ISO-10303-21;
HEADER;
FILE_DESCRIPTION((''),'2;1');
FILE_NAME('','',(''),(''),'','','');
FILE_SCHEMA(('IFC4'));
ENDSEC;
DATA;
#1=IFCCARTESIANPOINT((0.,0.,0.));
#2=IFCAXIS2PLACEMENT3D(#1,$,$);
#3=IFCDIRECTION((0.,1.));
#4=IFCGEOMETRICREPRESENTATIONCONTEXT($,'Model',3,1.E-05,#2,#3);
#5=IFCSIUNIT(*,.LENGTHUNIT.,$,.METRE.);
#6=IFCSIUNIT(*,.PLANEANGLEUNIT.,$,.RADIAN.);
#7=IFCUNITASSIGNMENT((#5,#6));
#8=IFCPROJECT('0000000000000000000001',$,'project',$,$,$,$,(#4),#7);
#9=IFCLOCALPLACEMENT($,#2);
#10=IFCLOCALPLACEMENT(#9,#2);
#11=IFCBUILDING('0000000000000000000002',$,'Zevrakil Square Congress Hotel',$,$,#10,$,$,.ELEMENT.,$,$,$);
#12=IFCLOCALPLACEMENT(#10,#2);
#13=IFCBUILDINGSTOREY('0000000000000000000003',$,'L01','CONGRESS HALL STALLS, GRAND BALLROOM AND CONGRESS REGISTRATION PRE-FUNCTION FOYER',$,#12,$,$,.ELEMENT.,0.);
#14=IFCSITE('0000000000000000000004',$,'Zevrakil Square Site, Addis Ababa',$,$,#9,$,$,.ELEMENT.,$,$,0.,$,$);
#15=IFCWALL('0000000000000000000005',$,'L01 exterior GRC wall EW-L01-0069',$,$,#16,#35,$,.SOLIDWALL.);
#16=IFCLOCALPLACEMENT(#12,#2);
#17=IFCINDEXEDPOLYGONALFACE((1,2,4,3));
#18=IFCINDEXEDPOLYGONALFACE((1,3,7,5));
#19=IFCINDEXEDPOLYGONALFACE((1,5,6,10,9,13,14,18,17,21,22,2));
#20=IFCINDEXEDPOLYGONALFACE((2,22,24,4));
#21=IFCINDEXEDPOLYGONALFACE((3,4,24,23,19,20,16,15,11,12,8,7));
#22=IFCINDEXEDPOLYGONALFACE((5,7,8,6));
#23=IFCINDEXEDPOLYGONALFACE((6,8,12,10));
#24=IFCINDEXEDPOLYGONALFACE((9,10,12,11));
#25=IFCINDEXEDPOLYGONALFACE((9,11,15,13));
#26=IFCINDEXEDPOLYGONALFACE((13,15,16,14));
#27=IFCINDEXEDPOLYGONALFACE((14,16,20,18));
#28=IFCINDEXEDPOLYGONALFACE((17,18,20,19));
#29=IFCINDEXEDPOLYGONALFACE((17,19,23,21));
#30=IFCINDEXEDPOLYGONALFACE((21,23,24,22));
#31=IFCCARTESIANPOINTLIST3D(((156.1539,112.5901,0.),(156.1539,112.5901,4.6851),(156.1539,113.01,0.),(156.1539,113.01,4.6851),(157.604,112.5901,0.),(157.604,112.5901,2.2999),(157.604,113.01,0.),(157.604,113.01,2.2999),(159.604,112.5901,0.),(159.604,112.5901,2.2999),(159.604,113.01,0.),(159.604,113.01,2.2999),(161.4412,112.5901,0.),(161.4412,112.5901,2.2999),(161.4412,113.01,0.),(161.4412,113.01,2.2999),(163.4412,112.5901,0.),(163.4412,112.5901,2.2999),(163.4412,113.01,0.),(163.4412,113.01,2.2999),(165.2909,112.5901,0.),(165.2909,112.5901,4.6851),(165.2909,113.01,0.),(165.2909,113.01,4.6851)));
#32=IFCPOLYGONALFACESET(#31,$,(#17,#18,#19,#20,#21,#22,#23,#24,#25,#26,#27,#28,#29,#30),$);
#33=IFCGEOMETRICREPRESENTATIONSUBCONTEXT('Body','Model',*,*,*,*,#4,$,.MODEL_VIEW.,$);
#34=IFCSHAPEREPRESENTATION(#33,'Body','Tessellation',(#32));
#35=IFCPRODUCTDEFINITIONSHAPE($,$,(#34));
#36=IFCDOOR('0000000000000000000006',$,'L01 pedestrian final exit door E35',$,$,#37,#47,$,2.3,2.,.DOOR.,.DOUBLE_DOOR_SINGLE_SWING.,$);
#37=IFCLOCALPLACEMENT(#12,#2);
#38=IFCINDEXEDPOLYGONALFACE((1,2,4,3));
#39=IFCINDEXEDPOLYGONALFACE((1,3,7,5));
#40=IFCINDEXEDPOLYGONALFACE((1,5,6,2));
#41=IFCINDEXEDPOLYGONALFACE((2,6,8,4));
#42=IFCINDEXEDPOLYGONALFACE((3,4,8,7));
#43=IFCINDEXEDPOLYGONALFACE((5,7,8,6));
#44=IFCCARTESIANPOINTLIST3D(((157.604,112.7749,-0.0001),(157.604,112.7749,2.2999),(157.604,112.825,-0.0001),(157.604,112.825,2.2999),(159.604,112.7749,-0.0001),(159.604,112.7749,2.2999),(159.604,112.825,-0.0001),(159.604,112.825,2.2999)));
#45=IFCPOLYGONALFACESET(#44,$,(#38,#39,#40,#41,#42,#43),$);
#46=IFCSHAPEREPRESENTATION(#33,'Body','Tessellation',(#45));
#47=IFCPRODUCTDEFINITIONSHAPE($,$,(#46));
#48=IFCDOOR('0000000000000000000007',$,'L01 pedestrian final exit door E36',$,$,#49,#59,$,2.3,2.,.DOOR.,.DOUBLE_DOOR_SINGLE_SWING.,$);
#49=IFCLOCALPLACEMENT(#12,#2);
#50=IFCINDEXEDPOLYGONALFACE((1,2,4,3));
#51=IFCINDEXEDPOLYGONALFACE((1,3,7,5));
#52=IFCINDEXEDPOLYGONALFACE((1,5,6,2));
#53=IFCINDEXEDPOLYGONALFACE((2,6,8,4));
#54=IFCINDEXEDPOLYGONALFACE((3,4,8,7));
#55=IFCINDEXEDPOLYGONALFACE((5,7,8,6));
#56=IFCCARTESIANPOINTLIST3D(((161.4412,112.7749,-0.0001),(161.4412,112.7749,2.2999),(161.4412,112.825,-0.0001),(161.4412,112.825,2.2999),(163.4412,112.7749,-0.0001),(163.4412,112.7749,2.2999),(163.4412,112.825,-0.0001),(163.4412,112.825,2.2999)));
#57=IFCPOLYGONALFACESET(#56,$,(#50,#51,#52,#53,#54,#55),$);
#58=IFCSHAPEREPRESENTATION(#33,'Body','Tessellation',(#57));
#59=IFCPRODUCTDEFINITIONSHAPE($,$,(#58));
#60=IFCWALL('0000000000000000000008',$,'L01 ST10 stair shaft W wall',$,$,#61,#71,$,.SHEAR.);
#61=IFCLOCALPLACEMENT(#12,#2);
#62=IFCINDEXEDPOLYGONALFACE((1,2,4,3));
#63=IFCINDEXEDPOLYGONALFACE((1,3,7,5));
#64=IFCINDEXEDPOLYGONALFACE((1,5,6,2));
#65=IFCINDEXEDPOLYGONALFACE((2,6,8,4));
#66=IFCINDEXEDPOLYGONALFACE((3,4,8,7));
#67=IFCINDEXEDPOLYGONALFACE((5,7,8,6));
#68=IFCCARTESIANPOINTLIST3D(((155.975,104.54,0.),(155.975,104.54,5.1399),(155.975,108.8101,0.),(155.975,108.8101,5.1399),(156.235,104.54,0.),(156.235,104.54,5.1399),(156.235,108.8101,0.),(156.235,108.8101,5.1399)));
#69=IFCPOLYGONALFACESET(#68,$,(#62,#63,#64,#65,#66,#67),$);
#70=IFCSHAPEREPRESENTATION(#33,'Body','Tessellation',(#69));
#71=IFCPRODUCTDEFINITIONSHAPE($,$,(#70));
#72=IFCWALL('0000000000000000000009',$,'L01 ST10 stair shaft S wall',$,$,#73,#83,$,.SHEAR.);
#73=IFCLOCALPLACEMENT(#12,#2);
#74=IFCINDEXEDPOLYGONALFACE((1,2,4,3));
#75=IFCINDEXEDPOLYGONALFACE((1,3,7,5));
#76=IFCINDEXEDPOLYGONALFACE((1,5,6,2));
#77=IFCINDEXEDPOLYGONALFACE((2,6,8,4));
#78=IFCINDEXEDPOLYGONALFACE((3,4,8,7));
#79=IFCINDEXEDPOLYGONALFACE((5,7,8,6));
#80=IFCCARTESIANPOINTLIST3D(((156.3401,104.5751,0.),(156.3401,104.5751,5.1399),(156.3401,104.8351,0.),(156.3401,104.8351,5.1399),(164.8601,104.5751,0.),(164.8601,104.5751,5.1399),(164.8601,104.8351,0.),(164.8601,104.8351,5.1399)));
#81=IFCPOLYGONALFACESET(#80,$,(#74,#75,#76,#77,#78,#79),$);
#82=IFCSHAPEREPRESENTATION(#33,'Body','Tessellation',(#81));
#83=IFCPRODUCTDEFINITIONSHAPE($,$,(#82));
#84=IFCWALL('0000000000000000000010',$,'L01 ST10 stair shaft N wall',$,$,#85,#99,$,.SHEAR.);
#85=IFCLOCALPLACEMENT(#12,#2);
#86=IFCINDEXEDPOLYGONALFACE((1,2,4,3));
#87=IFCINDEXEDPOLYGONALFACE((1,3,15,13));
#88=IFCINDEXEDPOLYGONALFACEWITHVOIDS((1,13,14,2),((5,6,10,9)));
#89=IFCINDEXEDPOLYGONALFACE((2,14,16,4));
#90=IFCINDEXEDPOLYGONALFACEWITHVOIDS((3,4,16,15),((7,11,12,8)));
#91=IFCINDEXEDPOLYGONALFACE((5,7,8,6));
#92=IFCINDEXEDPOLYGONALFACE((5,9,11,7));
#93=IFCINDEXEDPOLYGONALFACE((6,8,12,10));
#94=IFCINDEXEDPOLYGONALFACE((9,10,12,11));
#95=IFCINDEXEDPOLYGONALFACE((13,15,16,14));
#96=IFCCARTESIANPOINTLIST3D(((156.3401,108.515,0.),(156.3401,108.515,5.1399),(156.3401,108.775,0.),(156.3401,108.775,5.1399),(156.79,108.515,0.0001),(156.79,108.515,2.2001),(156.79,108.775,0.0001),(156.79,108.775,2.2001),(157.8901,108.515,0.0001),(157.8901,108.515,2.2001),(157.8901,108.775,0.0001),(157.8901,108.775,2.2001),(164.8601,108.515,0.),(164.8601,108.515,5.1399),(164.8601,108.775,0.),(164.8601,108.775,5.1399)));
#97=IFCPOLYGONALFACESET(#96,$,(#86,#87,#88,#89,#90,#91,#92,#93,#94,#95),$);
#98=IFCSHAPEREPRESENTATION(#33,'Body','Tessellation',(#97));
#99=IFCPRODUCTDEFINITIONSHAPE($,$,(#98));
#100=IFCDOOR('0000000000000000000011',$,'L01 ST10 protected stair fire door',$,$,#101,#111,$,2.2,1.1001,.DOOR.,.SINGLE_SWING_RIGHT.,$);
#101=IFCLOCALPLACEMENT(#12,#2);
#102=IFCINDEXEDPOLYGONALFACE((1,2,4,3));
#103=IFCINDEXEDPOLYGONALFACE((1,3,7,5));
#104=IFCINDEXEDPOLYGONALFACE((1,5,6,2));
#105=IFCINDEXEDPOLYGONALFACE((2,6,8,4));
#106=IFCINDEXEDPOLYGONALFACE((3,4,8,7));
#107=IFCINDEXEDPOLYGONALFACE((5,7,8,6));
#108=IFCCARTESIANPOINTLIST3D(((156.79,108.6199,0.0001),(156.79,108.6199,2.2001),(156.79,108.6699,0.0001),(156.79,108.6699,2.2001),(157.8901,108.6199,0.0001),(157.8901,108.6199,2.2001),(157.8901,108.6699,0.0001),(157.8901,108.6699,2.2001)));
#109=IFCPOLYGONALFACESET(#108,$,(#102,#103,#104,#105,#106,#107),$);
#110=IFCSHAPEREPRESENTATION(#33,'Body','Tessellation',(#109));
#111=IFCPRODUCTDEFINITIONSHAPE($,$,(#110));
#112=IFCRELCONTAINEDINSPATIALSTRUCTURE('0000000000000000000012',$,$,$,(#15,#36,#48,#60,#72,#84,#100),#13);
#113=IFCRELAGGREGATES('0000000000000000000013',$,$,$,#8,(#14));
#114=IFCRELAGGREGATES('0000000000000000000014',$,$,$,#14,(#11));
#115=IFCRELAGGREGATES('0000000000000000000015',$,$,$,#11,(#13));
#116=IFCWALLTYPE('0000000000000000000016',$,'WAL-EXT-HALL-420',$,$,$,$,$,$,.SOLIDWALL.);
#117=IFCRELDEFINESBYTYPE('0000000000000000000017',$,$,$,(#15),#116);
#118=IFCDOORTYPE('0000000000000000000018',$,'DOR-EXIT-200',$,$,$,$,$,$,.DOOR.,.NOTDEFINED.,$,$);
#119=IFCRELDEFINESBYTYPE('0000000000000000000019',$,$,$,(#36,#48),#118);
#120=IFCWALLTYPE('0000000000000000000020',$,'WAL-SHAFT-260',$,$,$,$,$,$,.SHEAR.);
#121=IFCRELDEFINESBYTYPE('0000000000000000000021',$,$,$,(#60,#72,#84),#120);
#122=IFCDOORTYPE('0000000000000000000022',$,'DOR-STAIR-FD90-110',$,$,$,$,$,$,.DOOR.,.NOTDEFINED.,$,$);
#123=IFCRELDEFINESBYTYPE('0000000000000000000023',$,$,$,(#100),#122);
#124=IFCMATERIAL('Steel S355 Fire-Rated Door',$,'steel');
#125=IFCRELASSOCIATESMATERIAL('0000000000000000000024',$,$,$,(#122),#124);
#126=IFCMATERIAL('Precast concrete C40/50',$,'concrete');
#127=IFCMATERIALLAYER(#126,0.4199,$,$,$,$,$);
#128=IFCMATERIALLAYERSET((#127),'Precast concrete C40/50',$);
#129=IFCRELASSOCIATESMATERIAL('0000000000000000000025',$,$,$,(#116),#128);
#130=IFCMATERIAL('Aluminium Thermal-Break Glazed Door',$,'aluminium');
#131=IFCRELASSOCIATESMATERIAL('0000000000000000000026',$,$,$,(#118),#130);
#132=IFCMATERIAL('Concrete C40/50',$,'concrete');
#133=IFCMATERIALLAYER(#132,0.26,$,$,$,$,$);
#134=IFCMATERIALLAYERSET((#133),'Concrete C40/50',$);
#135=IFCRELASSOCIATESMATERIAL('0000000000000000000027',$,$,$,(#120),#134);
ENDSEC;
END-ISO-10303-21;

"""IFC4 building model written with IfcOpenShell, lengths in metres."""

from ifc_helpers import new_model, si_unit, direction, frame, frame_2d, origin, place, context, subcontext, project, spatial, rectangle, extrude, material, layer, layer_set, type_object, element, fill, save


model = new_model("IFC4")

# Units and contexts
model_context = context("Model", 3, precision=1e-05, world=origin(), true_north=direction((0.0, 1.0)))
body_context = subcontext(model_context, "Body", "Model", "MODEL_VIEW")
ifc_project = project(units=[si_unit("LENGTHUNIT", "METRE"), si_unit("PLANEANGLEUNIT", "RADIAN")], contexts=[model_context])

# Site, building, storey
site_placement = place(None, origin())
site = spatial("IfcSite", under=ifc_project, at=site_placement, Name="Zevrakil Square Site, Addis Ababa", CompositionType="ELEMENT", RefElevation=0.0)
building_placement = place(site_placement, origin())
building = spatial("IfcBuilding", under=site, at=building_placement, Name="Zevrakil Square Congress Hotel", CompositionType="ELEMENT")
storey_placement = place(building_placement, origin())
storey = spatial("IfcBuildingStorey", under=building, at=storey_placement, Name="L01", Description="CONGRESS HALL STALLS, GRAND BALLROOM AND CONGRESS REGISTRATION PRE-FUNCTION FOYER", CompositionType="ELEMENT", Elevation=0.0)

# Shared definitions
ifc_material_1 = material(Name="Steel S355 Fire-Rated Door", Category="steel")
door_type_1 = type_object("IfcDoorType", Name="DOR-STAIR-FD90-110", OperationType="NOTDEFINED", PredefinedType="DOOR", material=ifc_material_1)

# Shared definitions
ifc_material_2 = material(Name="Precast concrete C40/50", Category="concrete")
ifc_layer_1 = layer(ifc_material_2, 0.4199)
ifc_layer_set_1 = layer_set([ifc_layer_1], Name="Precast concrete C40/50")
wall_type_1 = type_object("IfcWallType", Name="WAL-EXT-HALL-420", PredefinedType="SOLIDWALL", material=ifc_layer_set_1)

# Wall, openings, doors
wall_1_placement = place(storey_placement, frame((156.1541, 112.8, 0.0), z_axis=(0.0, 0.0, 1.0), x_axis=(1.0, 0.0, 0.0)))
wall_1 = element("IfcWall", 1, at=wall_1_placement, inside=storey, type_object=wall_type_1, Name="L01 exterior GRC wall EW-L01-0069", PredefinedType="SOLIDWALL", context=body_context, shape_type="SweptSolid", body=[
    extrude(rectangle(XDim=9.137, YDim=0.4199, at=frame_2d((4.5684, 0.0))), origin(), (0.0, 0.0, 1.0), 4.6851),
])
opening_1_placement = place(wall_1_placement, frame((1.45, 0.0, 0.0)))
opening_1 = element("IfcOpeningElement", 2, at=opening_1_placement, cuts=wall_1, PredefinedType="OPENING", context=body_context, shape_type="SweptSolid", body=[
    extrude(rectangle(XDim=2.0, YDim=2.3, at=frame_2d((1.0, 1.1499))), frame((0.0, 0.22, 0.0), z_axis=(0.0, -1.0, 0.0), x_axis=(1.0, 0.0, 0.0)), (0.0, 0.0, 1.0), 0.4399),
])
opening_2_placement = place(wall_1_placement, frame((5.2871, 0.0, 0.0)))
opening_2 = element("IfcOpeningElement", 3, at=opening_2_placement, cuts=wall_1, PredefinedType="OPENING", context=body_context, shape_type="SweptSolid", body=[
    extrude(rectangle(XDim=2.0, YDim=2.3, at=frame_2d((1.0, 1.1499))), frame((0.0, 0.22, 0.0), z_axis=(0.0, -1.0, 0.0), x_axis=(1.0, 0.0, 0.0)), (0.0, 0.0, 1.0), 0.4399),
])
ifc_material_3 = material(Name="Aluminium Thermal-Break Glazed Door", Category="aluminium")
door_type_2 = type_object("IfcDoorType", Name="DOR-EXIT-200", OperationType="NOTDEFINED", PredefinedType="DOOR", material=ifc_material_3)
door_1_placement = place(opening_1_placement, origin())
door_1 = element("IfcDoor", 4, at=door_1_placement, inside=storey, type_object=door_type_2, Name="L01 pedestrian final exit door E35", OperationType="DOUBLE_DOOR_SINGLE_SWING", OverallHeight=2.3, OverallWidth=2.0, PredefinedType="DOOR", context=body_context, shape_type="SweptSolid", body=[
    extrude(rectangle(XDim=2.0, YDim=2.3, at=frame_2d((1.0, 1.1499))), frame((0.0, 0.0249, 0.0), z_axis=(0.0, -1.0, 0.0), x_axis=(1.0, 0.0, 0.0)), (0.0, 0.0, 1.0), 0.05),
])
fill(opening_1, door_1)
door_2_placement = place(opening_2_placement, origin())
door_2 = element("IfcDoor", 5, at=door_2_placement, inside=storey, type_object=door_type_2, Name="L01 pedestrian final exit door E36", OperationType="DOUBLE_DOOR_SINGLE_SWING", OverallHeight=2.3, OverallWidth=2.0, PredefinedType="DOOR", context=body_context, shape_type="SweptSolid", body=[
    extrude(rectangle(XDim=2.0, YDim=2.3, at=frame_2d((1.0, 1.1499))), frame((0.0, 0.0249, 0.0), z_axis=(0.0, -1.0, 0.0), x_axis=(1.0, 0.0, 0.0)), (0.0, 0.0, 1.0), 0.05),
])
fill(opening_2, door_2)

# Walls
ifc_material_4 = material(Name="Concrete C40/50", Category="concrete")
ifc_layer_2 = layer(ifc_material_4, 0.26)
ifc_layer_set_2 = layer_set([ifc_layer_2], Name="Concrete C40/50")
wall_type_2 = type_object("IfcWallType", Name="WAL-SHAFT-260", PredefinedType="SHEAR", material=ifc_layer_set_2)
wall_2_placement = place(storey_placement, frame((156.105, 104.54, 0.0), z_axis=(0.0, 0.0, 1.0), x_axis=(0.0, 1.0, 0.0)))
element("IfcWall", 6, at=wall_2_placement, inside=storey, type_object=wall_type_2, Name="L01 ST10 stair shaft W wall", PredefinedType="SHEAR", context=body_context, shape_type="SweptSolid", body=[
    extrude(rectangle(XDim=4.27, YDim=0.26, at=frame_2d((2.135, 0.0))), origin(), (0.0, 0.0, 1.0), 5.1399),
])
wall_3_placement = place(storey_placement, frame((156.3401, 104.7051, 0.0), z_axis=(0.0, 0.0, 1.0), x_axis=(1.0, 0.0, 0.0)))
element("IfcWall", 7, at=wall_3_placement, inside=storey, type_object=wall_type_2, Name="L01 ST10 stair shaft S wall", PredefinedType="SHEAR", context=body_context, shape_type="SweptSolid", body=[
    extrude(rectangle(XDim=8.52, YDim=0.26, at=frame_2d((4.26, 0.0))), origin(), (0.0, 0.0, 1.0), 5.1399),
])

# Wall, opening, door
wall_4_placement = place(storey_placement, frame((156.3401, 108.645, 0.0), z_axis=(0.0, 0.0, 1.0), x_axis=(1.0, 0.0, 0.0)))
wall_4 = element("IfcWall", 8, at=wall_4_placement, inside=storey, type_object=wall_type_2, Name="L01 ST10 stair shaft N wall", PredefinedType="SHEAR", context=body_context, shape_type="SweptSolid", body=[
    extrude(rectangle(XDim=8.52, YDim=0.26, at=frame_2d((4.26, 0.0))), origin(), (0.0, 0.0, 1.0), 5.1399),
])
opening_3_placement = place(wall_4_placement, frame((0.45, 0.0, 0.0)))
opening_3 = element("IfcOpeningElement", 9, at=opening_3_placement, cuts=wall_4, PredefinedType="OPENING", context=body_context, shape_type="SweptSolid", body=[
    extrude(rectangle(XDim=1.1001, YDim=2.2, at=frame_2d((0.55, 1.1001))), frame((0.0, 0.1401, 0.0), z_axis=(0.0, -1.0, 0.0), x_axis=(1.0, 0.0, 0.0)), (0.0, 0.0, 1.0), 0.28),
])
door_3_placement = place(opening_3_placement, origin())
door_3 = element("IfcDoor", 10, at=door_3_placement, inside=storey, type_object=door_type_1, Name="L01 ST10 protected stair fire door", OperationType="SINGLE_SWING_RIGHT", OverallHeight=2.2, OverallWidth=1.1001, PredefinedType="DOOR", context=body_context, shape_type="SweptSolid", body=[
    extrude(rectangle(XDim=1.1001, YDim=2.2, at=frame_2d((0.55, 1.1001))), frame((0.0, 0.0249, 0.0), z_axis=(0.0, -1.0, 0.0), x_axis=(1.0, 0.0, 0.0)), (0.0, 0.0, 1.0), 0.05),
])
fill(opening_3, door_3)

save(model, "model.ifc")
